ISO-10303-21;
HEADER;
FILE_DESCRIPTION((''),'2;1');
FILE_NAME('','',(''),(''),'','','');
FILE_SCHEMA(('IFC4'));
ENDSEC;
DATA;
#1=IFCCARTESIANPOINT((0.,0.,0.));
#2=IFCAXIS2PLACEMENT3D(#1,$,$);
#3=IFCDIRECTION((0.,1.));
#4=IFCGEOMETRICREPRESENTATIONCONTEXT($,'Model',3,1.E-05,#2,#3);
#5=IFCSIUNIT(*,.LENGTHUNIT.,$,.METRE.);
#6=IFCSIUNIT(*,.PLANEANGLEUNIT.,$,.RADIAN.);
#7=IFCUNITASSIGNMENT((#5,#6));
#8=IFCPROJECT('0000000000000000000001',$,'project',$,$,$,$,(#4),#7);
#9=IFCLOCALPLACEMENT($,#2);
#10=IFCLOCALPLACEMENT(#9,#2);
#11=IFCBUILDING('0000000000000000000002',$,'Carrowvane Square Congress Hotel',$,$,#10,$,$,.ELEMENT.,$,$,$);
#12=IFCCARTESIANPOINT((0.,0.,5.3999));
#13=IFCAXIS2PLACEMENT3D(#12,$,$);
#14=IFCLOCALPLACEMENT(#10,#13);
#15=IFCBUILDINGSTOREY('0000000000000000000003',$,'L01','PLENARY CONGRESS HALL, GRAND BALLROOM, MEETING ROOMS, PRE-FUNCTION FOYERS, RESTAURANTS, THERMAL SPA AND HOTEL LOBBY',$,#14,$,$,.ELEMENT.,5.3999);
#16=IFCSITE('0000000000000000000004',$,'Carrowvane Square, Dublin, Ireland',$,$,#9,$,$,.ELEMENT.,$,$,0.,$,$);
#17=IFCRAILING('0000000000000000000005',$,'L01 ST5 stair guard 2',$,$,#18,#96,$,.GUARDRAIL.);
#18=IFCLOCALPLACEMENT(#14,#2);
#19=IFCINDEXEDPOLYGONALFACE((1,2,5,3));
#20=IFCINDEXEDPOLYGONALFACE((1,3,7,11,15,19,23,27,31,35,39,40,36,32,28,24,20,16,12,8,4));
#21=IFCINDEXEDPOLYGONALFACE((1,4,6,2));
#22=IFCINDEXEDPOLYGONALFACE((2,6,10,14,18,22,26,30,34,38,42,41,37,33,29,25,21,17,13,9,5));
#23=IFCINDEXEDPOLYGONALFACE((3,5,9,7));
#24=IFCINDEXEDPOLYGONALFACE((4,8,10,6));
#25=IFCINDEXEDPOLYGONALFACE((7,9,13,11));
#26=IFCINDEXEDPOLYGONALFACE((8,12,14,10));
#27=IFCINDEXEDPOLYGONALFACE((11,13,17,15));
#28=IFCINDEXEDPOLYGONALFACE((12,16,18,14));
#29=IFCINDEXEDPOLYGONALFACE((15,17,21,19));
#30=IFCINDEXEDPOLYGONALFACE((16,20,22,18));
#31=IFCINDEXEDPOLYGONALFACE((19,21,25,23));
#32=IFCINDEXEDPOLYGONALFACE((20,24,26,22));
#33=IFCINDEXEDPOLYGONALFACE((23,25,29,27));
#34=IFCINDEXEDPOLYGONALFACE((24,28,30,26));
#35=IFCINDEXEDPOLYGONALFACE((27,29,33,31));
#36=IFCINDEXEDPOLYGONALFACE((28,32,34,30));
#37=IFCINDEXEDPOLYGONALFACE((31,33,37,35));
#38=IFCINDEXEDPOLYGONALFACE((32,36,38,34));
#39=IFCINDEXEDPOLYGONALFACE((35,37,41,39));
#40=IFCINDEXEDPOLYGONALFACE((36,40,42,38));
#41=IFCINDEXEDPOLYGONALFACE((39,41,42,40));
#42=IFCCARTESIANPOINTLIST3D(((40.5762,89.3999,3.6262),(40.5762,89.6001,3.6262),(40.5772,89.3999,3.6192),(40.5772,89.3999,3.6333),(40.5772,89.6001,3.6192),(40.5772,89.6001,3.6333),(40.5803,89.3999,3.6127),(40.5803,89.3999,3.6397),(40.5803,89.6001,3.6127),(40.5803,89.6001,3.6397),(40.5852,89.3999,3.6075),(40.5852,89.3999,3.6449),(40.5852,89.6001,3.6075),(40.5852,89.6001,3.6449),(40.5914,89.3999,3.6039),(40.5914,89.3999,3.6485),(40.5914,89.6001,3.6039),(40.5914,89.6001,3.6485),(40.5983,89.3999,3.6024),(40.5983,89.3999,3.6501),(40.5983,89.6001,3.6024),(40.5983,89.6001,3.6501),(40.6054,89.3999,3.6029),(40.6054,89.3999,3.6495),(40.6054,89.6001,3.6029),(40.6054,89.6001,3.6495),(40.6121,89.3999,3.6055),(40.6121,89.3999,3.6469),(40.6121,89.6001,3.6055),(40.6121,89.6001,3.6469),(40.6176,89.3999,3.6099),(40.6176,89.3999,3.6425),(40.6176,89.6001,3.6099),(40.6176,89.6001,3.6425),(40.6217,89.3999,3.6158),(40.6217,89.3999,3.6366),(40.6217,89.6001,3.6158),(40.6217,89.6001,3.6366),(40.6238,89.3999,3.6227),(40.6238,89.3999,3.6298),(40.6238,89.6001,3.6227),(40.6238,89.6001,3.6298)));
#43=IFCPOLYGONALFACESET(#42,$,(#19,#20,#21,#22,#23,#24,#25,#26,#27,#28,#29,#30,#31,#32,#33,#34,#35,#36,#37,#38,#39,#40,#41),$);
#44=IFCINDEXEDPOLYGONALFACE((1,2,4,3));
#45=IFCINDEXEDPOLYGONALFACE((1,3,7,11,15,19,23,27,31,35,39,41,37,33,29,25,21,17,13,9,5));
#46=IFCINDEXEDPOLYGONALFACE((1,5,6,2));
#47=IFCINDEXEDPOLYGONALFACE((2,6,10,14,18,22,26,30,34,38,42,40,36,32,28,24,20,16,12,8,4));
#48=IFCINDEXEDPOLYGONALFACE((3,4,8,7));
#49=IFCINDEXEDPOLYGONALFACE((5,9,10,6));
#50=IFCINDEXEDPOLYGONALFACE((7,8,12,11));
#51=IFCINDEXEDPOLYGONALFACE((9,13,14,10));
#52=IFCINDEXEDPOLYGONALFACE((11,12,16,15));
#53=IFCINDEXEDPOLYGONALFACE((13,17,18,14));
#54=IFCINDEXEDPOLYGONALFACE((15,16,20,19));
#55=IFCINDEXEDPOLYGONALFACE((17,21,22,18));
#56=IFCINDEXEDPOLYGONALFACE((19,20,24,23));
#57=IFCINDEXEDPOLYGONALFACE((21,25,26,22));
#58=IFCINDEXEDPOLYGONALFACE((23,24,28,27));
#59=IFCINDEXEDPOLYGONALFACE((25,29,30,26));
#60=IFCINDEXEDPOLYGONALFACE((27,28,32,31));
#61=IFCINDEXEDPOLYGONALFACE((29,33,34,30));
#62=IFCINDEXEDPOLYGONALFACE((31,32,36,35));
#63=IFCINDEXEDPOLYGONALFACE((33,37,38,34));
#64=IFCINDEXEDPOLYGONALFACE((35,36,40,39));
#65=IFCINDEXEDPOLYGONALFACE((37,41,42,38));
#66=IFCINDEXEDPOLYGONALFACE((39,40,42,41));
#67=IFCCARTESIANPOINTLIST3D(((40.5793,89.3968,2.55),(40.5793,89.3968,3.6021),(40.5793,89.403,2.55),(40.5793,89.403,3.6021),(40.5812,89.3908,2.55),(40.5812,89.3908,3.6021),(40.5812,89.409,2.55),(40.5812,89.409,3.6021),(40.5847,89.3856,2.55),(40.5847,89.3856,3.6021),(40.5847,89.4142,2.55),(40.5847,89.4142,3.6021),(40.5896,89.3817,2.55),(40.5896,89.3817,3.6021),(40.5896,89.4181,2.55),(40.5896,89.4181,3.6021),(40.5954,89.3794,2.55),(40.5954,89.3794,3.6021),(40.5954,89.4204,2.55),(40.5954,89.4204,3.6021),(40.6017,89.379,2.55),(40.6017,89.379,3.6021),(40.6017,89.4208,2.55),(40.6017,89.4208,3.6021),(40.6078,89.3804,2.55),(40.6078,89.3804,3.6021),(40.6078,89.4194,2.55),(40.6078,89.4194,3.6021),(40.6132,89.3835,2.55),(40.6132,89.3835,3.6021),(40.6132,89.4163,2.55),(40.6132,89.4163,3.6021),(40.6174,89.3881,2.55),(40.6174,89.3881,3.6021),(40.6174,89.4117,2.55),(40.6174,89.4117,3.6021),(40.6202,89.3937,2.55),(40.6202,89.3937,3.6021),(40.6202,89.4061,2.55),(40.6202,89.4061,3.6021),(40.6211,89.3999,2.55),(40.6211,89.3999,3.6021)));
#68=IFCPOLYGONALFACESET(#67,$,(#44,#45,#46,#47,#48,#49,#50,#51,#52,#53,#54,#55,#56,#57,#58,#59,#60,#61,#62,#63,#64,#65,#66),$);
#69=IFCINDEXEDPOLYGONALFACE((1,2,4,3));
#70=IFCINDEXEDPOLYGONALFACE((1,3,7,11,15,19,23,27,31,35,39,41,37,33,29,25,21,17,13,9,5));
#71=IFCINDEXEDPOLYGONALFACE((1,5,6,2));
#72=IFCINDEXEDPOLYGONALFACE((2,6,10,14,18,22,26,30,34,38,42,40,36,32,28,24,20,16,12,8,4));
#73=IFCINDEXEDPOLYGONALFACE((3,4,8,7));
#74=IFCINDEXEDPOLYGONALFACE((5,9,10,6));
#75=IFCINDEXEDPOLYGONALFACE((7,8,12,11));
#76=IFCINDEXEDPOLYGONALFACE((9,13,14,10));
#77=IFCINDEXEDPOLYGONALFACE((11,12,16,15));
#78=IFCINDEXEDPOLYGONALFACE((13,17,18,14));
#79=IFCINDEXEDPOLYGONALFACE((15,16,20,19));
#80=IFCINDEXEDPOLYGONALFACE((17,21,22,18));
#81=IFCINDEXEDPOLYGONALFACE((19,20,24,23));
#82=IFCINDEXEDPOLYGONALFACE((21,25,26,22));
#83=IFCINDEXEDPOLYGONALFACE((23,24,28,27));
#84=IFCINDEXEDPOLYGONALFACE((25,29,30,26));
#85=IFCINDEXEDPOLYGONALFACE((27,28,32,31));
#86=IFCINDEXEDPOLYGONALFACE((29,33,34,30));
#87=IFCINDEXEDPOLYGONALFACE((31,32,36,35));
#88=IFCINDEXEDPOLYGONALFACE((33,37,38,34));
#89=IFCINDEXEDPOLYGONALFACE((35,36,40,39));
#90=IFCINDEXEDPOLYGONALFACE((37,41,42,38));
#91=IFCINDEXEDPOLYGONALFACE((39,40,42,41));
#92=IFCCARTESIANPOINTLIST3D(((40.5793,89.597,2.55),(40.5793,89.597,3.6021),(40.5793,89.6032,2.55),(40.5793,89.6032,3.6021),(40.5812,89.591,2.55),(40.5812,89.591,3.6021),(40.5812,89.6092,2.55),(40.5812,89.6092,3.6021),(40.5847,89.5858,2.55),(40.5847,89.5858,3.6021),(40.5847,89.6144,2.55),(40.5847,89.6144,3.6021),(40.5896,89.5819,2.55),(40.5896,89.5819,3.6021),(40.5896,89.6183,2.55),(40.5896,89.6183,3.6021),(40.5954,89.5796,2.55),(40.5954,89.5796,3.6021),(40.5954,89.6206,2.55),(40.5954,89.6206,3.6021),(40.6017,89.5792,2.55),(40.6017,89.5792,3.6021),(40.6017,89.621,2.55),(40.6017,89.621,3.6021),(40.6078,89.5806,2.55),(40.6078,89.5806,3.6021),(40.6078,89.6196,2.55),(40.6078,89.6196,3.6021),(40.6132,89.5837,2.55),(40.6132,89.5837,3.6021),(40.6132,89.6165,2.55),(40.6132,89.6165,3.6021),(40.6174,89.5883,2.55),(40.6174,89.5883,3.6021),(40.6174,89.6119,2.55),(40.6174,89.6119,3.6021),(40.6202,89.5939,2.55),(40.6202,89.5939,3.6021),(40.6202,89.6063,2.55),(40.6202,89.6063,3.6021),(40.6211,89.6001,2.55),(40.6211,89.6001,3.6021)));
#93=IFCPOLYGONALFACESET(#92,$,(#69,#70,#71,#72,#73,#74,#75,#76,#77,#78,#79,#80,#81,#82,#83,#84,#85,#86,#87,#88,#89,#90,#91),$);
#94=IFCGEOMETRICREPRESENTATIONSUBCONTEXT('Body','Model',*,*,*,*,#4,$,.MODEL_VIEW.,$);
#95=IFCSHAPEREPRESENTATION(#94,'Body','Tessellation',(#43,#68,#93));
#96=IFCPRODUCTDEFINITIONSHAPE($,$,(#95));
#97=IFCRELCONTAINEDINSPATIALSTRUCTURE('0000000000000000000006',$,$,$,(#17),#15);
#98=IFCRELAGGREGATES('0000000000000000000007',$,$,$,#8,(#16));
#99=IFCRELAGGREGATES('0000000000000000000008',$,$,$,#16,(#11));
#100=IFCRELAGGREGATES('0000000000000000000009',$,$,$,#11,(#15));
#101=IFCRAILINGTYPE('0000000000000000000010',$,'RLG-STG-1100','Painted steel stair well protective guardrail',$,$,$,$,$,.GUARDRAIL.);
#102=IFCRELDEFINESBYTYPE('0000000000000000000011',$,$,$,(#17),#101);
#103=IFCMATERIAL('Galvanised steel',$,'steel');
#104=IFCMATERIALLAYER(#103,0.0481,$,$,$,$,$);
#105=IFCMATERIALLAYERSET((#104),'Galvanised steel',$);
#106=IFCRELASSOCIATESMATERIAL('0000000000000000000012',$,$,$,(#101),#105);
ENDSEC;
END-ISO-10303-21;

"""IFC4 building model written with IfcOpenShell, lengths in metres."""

from ifc_helpers import new_model, si_unit, direction, frame, origin, origin_2d, place, context, subcontext, project, spatial, circle, extrude, material, layer, layer_set, type_object, element, save


model = new_model("IFC4")

# Units and contexts
model_context = context("Model", 3, precision=1e-05, world=origin(), true_north=direction((0.0, 1.0)))
body_context = subcontext(model_context, "Body", "Model", "MODEL_VIEW")
ifc_project = project(units=[si_unit("LENGTHUNIT", "METRE"), si_unit("PLANEANGLEUNIT", "RADIAN")], contexts=[model_context])

# Site, building, storey
site_placement = place(None, origin())
site = spatial("IfcSite", under=ifc_project, at=site_placement, Name="Carrowvane Square, Dublin, Ireland", CompositionType="ELEMENT", RefElevation=0.0)
building_placement = place(site_placement, origin())
building = spatial("IfcBuilding", under=site, at=building_placement, Name="Carrowvane Square Congress Hotel", CompositionType="ELEMENT")
storey_placement = place(building_placement, frame((0.0, 0.0, 5.3999)))
storey = spatial("IfcBuildingStorey", under=building, at=storey_placement, Name="L01", Description="PLENARY CONGRESS HALL, GRAND BALLROOM, MEETING ROOMS, PRE-FUNCTION FOYERS, RESTAURANTS, THERMAL SPA AND HOTEL LOBBY", CompositionType="ELEMENT", Elevation=5.3999)

# Railing
ifc_material_1 = material(Name="Galvanised steel", Category="steel")
ifc_layer_1 = layer(ifc_material_1, 0.0481)
ifc_layer_set_1 = layer_set([ifc_layer_1], Name="Galvanised steel")
railing_type_1 = type_object("IfcRailingType", Name="RLG-STG-1100", Description="Painted steel stair well protective guardrail", PredefinedType="GUARDRAIL", material=ifc_layer_set_1)
railing_1_placement = place(storey_placement, frame((40.6001, 89.3999, 2.55)))
element("IfcRailing", 1, at=railing_1_placement, inside=storey, type_object=railing_type_1, Name="L01 ST5 stair guard 2", PredefinedType="GUARDRAIL", context=body_context, shape_type="SweptSolid", body=[
    extrude(circle(Radius=0.0239, at=origin_2d()), frame((0.0, 0.0, 1.0762), z_axis=(0.0, 1.0, 0.0), x_axis=(-1.0, 0.0, 0.0)), (0.0, 0.0, 1.0), 0.2002),
    extrude(circle(Radius=0.021, at=origin_2d()), origin(), (0.0, 0.0, 1.0), 1.052),
    extrude(circle(Radius=0.021, at=origin_2d()), frame((0.0, 0.2002, 0.0)), (0.0, 0.0, 1.0), 1.052),
])

save(model, "model.ifc")
